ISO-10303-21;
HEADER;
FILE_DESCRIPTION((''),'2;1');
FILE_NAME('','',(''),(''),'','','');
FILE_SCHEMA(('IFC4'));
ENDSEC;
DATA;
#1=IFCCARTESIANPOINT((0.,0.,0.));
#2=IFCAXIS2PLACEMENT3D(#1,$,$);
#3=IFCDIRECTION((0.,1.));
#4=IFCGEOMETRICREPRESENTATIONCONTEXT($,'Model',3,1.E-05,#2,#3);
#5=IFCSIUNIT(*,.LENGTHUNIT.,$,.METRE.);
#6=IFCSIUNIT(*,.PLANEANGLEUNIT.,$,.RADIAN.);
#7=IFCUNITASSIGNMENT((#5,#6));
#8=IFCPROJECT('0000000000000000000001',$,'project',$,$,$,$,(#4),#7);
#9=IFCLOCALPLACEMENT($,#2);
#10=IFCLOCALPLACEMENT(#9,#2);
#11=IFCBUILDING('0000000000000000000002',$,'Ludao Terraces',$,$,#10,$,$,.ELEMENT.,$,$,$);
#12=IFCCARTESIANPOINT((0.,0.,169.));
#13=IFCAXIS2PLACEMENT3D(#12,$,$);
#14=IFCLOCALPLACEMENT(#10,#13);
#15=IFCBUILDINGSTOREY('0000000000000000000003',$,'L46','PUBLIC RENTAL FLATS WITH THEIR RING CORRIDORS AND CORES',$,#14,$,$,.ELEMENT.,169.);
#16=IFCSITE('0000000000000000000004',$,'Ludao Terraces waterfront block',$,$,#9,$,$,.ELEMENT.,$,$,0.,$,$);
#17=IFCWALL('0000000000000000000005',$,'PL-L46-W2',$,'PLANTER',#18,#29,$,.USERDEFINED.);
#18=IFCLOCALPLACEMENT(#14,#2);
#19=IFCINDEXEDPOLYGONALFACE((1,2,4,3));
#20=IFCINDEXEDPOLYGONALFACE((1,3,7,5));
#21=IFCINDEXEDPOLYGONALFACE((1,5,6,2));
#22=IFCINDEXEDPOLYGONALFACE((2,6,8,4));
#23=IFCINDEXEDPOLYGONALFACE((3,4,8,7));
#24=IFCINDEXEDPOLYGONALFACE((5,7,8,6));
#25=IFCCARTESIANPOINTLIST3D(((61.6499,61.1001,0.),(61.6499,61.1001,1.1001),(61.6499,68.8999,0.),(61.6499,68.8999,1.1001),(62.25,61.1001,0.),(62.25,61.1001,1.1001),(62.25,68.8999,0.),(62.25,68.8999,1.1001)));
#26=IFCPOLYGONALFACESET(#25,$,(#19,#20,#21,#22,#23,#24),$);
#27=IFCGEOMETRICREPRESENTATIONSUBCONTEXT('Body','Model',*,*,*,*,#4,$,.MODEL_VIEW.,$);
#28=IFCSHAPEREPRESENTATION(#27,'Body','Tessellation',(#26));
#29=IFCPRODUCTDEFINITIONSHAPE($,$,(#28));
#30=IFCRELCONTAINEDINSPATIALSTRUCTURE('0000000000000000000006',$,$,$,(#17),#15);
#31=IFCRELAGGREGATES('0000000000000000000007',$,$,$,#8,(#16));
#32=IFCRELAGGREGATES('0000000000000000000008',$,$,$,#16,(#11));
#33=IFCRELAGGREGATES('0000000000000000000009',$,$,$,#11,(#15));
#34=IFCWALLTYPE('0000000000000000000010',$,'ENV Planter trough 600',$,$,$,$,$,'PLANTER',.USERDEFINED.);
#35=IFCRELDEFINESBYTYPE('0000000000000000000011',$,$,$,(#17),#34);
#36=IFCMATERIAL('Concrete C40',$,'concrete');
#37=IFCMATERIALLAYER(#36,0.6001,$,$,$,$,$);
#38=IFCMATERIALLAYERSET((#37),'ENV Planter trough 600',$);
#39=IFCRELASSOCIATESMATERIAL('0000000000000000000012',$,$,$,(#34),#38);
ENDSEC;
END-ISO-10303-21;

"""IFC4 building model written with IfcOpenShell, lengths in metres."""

from ifc_helpers import new_model, si_unit, direction, frame, frame_2d, origin, place, context, subcontext, project, spatial, rectangle, extrude, material, layer, layer_set, type_object, element, save


model = new_model("IFC4")

# Units and contexts
model_context = context("Model", 3, precision=1e-05, world=origin(), true_north=direction((0.0, 1.0)))
body_context = subcontext(model_context, "Body", "Model", "MODEL_VIEW")
ifc_project = project(units=[si_unit("LENGTHUNIT", "METRE"), si_unit("PLANEANGLEUNIT", "RADIAN")], contexts=[model_context])

# Site, building, storey
site_placement = place(None, origin())
site = spatial("IfcSite", under=ifc_project, at=site_placement, Name="Ludao Terraces waterfront block", CompositionType="ELEMENT", RefElevation=0.0)
building_placement = place(site_placement, origin())
building = spatial("IfcBuilding", under=site, at=building_placement, Name="Ludao Terraces", CompositionType="ELEMENT")
storey_placement = place(building_placement, frame((0.0, 0.0, 169.0)))
storey = spatial("IfcBuildingStorey", under=building, at=storey_placement, Name="L46", Description="PUBLIC RENTAL FLATS WITH THEIR RING CORRIDORS AND CORES", CompositionType="ELEMENT", Elevation=169.0)

# Shared definitions
ifc_material_1 = material(Name="Concrete C40", Category="concrete")

# Wall
ifc_layer_1 = layer(ifc_material_1, 0.6001)
ifc_layer_set_1 = layer_set([ifc_layer_1], Name="ENV Planter trough 600")
wall_type = type_object("IfcWallType", Name="ENV Planter trough 600", ElementType="PLANTER", PredefinedType="USERDEFINED", material=ifc_layer_set_1)
wall_1_placement = place(storey_placement, frame((61.95, 61.1001, 0.0), z_axis=(0.0, 0.0, 1.0), x_axis=(0.0, 1.0, 0.0)))
element("IfcWall", 1, at=wall_1_placement, inside=storey, type_object=wall_type, Name="PL-L46-W2", ObjectType="PLANTER", PredefinedType="USERDEFINED", context=body_context, shape_type="SweptSolid", body=[
    extrude(rectangle(XDim=7.7998, YDim=0.6001, at=frame_2d((3.8999, 0.0))), origin(), (0.0, 0.0, 1.0), 1.1001),
])

save(model, "model.ifc")
